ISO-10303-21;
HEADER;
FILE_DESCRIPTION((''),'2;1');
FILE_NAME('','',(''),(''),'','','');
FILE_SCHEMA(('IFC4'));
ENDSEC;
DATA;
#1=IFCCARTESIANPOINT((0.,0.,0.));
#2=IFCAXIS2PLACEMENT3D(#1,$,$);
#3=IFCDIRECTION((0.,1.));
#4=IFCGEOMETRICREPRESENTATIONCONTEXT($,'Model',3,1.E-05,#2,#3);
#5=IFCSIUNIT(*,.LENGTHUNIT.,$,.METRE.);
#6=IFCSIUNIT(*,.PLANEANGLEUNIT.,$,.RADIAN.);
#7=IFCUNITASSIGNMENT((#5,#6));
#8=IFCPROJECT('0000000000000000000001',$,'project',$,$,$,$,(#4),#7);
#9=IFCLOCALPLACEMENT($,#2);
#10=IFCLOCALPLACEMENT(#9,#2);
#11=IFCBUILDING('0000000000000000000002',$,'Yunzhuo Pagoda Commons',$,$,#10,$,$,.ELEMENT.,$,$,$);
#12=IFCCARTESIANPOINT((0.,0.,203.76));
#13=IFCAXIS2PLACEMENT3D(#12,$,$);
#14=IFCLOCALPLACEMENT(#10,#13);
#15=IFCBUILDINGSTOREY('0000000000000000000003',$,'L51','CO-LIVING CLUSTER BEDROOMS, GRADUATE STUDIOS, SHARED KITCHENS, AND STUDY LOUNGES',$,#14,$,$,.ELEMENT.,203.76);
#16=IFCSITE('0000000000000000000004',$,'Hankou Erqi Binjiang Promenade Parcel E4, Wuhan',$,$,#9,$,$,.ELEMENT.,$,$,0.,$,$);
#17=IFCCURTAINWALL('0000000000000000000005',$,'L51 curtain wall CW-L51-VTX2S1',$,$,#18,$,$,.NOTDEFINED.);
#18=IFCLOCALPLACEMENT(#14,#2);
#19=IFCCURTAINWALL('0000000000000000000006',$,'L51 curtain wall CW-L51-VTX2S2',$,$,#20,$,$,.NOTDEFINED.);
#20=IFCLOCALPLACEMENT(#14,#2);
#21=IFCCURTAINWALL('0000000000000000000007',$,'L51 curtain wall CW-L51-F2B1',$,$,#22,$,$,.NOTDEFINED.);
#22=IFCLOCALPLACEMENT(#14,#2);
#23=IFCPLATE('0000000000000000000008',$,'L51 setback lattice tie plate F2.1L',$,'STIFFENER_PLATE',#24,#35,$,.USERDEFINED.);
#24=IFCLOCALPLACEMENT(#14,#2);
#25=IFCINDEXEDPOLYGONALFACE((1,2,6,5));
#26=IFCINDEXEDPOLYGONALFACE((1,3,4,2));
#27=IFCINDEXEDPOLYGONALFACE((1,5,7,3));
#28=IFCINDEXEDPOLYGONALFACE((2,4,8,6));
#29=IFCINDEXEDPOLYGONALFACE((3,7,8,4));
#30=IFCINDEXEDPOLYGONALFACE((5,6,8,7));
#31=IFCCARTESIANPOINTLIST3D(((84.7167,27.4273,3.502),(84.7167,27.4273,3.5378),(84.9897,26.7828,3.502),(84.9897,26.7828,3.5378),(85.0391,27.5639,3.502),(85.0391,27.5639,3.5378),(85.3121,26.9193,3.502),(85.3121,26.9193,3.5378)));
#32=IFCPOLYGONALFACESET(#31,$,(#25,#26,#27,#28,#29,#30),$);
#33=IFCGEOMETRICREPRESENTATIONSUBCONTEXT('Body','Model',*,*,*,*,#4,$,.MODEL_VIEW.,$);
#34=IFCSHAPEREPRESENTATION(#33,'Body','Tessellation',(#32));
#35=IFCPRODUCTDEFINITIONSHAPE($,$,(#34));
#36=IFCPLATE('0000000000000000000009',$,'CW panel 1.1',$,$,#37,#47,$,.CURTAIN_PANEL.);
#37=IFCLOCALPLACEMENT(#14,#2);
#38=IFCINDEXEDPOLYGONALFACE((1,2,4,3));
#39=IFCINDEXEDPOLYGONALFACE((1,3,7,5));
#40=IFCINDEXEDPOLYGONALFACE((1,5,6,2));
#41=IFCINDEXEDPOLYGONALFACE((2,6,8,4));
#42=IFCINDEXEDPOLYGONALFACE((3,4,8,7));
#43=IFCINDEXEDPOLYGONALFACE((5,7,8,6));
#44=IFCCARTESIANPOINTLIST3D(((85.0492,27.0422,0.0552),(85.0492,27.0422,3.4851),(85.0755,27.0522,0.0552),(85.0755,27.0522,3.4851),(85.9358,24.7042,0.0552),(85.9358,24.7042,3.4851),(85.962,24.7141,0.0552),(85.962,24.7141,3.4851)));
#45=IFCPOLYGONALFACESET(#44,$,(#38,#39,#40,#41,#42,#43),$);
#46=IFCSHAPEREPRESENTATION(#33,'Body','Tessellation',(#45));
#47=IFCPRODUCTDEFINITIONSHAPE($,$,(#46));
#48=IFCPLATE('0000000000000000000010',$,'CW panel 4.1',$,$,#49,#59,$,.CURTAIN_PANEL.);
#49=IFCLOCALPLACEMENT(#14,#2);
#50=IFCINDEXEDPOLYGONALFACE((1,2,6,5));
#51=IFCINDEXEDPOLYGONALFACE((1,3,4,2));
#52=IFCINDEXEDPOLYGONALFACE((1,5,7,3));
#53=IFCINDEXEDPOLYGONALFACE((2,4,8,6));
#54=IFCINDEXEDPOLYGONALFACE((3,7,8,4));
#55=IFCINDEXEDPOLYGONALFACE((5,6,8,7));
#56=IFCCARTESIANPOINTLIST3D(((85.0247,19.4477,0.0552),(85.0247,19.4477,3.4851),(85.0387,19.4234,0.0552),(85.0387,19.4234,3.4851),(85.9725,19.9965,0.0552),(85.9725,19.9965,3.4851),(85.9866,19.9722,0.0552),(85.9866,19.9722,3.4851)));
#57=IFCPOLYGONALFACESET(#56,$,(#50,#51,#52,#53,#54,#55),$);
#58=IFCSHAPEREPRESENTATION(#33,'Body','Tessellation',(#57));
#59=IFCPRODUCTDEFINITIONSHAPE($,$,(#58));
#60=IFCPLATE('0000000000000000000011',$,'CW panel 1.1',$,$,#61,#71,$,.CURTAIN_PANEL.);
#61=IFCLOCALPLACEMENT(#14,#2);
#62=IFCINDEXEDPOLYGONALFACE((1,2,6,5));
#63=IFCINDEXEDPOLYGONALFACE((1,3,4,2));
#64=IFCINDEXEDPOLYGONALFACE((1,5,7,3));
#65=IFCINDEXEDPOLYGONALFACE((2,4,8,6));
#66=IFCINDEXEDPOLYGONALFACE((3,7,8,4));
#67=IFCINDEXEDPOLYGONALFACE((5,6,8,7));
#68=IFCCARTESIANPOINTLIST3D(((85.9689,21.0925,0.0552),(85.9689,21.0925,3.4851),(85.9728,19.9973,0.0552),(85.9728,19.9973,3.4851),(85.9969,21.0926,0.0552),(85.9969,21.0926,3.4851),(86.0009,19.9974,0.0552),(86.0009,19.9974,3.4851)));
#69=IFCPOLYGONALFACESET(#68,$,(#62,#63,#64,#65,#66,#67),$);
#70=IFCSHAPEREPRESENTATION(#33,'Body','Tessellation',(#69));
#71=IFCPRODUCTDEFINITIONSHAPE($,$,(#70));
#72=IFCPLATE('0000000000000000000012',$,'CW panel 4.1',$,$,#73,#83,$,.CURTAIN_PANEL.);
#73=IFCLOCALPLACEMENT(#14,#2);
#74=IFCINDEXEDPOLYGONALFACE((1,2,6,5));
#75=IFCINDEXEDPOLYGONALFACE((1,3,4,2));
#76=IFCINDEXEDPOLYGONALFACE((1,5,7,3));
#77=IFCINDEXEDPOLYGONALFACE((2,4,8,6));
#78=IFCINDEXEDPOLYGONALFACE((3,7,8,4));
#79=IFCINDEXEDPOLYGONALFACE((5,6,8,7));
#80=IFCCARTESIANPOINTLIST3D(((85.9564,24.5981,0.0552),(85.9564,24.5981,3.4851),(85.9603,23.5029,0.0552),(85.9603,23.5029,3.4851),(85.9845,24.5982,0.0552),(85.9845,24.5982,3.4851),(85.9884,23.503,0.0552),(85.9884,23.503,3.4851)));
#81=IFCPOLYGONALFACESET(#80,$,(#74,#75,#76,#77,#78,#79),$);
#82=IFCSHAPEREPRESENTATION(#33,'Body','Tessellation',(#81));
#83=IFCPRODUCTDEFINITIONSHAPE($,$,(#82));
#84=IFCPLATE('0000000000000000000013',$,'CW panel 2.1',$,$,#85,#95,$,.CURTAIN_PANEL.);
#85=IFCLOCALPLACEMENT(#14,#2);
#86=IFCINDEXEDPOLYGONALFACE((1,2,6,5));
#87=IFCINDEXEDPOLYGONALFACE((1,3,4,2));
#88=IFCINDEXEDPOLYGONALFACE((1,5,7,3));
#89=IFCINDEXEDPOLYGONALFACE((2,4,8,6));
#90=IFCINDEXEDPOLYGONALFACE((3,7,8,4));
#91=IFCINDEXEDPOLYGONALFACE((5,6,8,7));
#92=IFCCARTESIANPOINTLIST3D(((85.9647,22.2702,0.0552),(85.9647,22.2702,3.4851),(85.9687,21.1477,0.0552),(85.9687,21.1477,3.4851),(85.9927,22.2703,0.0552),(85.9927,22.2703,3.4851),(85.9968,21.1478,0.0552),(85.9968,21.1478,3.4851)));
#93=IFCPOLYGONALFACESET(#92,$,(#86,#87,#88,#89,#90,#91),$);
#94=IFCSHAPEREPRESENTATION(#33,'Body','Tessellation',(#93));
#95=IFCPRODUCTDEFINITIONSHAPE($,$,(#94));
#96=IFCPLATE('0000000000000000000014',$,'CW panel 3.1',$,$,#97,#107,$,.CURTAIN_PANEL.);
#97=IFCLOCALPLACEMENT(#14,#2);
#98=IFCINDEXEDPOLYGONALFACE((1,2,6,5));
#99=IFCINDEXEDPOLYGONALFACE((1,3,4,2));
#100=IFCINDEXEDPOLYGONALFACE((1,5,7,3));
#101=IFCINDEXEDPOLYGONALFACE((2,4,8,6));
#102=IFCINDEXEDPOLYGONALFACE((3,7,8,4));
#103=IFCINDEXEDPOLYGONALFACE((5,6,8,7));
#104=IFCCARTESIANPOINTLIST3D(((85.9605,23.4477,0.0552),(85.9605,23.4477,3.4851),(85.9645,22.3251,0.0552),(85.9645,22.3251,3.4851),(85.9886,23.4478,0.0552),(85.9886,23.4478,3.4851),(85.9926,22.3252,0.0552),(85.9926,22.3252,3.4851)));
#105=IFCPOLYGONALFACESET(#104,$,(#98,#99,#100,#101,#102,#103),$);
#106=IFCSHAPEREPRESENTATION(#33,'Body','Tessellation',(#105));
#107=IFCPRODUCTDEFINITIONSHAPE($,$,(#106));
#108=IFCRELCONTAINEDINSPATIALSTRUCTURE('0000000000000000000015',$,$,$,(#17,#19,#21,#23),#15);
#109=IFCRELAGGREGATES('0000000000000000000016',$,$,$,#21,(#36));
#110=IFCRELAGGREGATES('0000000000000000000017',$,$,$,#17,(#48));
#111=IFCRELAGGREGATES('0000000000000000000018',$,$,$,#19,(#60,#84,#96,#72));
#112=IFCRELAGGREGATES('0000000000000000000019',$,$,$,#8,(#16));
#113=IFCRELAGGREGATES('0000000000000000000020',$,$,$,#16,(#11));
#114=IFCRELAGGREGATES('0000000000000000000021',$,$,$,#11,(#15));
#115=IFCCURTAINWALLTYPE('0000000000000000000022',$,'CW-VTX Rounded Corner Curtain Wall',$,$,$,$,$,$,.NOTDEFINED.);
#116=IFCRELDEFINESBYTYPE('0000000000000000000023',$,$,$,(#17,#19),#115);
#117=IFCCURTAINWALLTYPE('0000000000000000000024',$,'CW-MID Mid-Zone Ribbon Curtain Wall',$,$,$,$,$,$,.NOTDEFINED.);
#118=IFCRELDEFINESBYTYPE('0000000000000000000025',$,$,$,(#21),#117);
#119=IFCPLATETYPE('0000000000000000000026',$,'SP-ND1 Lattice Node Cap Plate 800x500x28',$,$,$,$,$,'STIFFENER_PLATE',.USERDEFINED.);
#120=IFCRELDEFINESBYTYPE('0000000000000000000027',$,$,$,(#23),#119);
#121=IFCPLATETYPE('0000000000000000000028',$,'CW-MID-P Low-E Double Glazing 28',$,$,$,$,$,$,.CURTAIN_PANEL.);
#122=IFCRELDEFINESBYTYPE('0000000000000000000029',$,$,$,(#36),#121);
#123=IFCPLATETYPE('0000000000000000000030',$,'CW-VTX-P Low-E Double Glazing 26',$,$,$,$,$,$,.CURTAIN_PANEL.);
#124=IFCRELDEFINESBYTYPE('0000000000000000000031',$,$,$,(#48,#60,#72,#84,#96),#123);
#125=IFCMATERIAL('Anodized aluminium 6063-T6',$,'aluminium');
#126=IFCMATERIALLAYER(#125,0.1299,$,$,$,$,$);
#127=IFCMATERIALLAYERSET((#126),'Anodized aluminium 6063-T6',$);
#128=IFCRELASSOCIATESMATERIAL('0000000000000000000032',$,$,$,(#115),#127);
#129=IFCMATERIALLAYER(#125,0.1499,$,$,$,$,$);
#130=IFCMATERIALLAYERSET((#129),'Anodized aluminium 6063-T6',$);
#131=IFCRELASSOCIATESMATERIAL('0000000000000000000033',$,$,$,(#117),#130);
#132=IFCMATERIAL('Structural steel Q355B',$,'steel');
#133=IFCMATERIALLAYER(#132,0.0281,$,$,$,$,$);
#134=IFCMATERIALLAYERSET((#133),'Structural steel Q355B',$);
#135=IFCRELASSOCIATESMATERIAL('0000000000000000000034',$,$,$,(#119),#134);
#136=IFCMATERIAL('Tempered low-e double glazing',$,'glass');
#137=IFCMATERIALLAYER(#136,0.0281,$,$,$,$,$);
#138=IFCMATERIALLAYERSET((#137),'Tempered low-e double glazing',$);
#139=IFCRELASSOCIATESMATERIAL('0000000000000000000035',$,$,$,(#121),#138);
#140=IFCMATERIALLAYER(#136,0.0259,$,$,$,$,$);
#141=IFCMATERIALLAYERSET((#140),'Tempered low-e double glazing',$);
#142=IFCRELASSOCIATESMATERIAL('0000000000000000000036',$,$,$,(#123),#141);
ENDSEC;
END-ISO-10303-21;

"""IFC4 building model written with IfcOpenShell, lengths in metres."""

from ifc_helpers import new_model, si_unit, direction, frame, origin, origin_2d, place, context, subcontext, project, spatial, rectangle, extrude, source, transform, mapped, material, layer, layer_set, type_object, element, aggregate, save


model = new_model("IFC4")

# Units and contexts
model_context = context("Model", 3, precision=1e-05, world=origin(), true_north=direction((0.0, 1.0)))
body_context = subcontext(model_context, "Body", "Model", "MODEL_VIEW")
ifc_project = project(units=[si_unit("LENGTHUNIT", "METRE"), si_unit("PLANEANGLEUNIT", "RADIAN")], contexts=[model_context])

# Site, building, storey
site_placement = place(None, origin())
site = spatial("IfcSite", under=ifc_project, at=site_placement, Name="Hankou Erqi Binjiang Promenade Parcel E4, Wuhan", CompositionType="ELEMENT", RefElevation=0.0)
building_placement = place(site_placement, origin())
building = spatial("IfcBuilding", under=site, at=building_placement, Name="Yunzhuo Pagoda Commons", CompositionType="ELEMENT")
storey_placement = place(building_placement, frame((0.0, 0.0, 203.76)))
storey = spatial("IfcBuildingStorey", under=building, at=storey_placement, Name="L51", Description="CO-LIVING CLUSTER BEDROOMS, GRADUATE STUDIOS, SHARED KITCHENS, AND STUDY LOUNGES", CompositionType="ELEMENT", Elevation=203.76)

# Shared definitions
ifc_material_1 = material(Name="Structural steel Q355B", Category="steel")

# Curtain wall
ifc_material_2 = material(Name="Anodized aluminium 6063-T6", Category="aluminium")
ifc_layer_1 = layer(ifc_material_2, 0.1299)
ifc_layer_set_1 = layer_set([ifc_layer_1], Name="Anodized aluminium 6063-T6")
curtain_wall_type_1 = type_object("IfcCurtainWallType", Name="CW-VTX Rounded Corner Curtain Wall", PredefinedType="NOTDEFINED", material=ifc_layer_set_1)
curtain_wall_1_placement = place(storey_placement, origin())
curtain_wall_1 = element("IfcCurtainWall", 1, at=curtain_wall_1_placement, inside=storey, type_object=curtain_wall_type_1, Name="L51 curtain wall CW-L51-VTX2S1", PredefinedType="NOTDEFINED")

# Curtain walls
curtain_wall_2_placement = place(storey_placement, origin())
curtain_wall_2 = element("IfcCurtainWall", 2, at=curtain_wall_2_placement, inside=storey, type_object=curtain_wall_type_1, Name="L51 curtain wall CW-L51-VTX2S2", PredefinedType="NOTDEFINED")
ifc_layer_2 = layer(ifc_material_2, 0.1499)
ifc_layer_set_2 = layer_set([ifc_layer_2], Name="Anodized aluminium 6063-T6")
curtain_wall_type_2 = type_object("IfcCurtainWallType", Name="CW-MID Mid-Zone Ribbon Curtain Wall", PredefinedType="NOTDEFINED", material=ifc_layer_set_2)
curtain_wall_3_placement = place(storey_placement, origin())
curtain_wall_3 = element("IfcCurtainWall", 3, at=curtain_wall_3_placement, inside=storey, type_object=curtain_wall_type_2, Name="L51 curtain wall CW-L51-F2B1", PredefinedType="NOTDEFINED")

# Plates
ifc_layer_3 = layer(ifc_material_1, 0.0281)
ifc_layer_set_3 = layer_set([ifc_layer_3], Name="Structural steel Q355B")
plate_type_1 = type_object("IfcPlateType", Name="SP-ND1 Lattice Node Cap Plate 800x500x28", ElementType="STIFFENER_PLATE", PredefinedType="USERDEFINED", material=ifc_layer_set_3)
shared_shape_1 = source(origin(), body_context, "Body", "SweptSolid", [
    extrude(rectangle(XDim=0.7, YDim=0.3501, at=origin_2d()), origin(), (0.0, 0.0, 1.0), 0.0359),
])
plate_1_placement = place(storey_placement, frame((85.0144, 27.1733, 3.502), z_axis=(0.0, 0.0, 1.0), x_axis=(-0.389976, 0.920825, 0.0)))
element("IfcPlate", 4, at=plate_1_placement, inside=storey, type_object=plate_type_1, Name="L51 setback lattice tie plate F2.1L", ObjectType="STIFFENER_PLATE", PredefinedType="USERDEFINED", context=body_context, shape_type="MappedRepresentation", body=[
    mapped(shared_shape_1, transform((0.0, 0.0, 0.0), scale=1.0)),
])
ifc_material_3 = material(Name="Tempered low-e double glazing", Category="glass")
ifc_layer_4 = layer(ifc_material_3, 0.0281)
ifc_layer_set_4 = layer_set([ifc_layer_4], Name="Tempered low-e double glazing")
plate_type_2 = type_object("IfcPlateType", Name="CW-MID-P Low-E Double Glazing 28", PredefinedType="CURTAIN_PANEL", material=ifc_layer_set_4)
shared_shape_2 = source(origin(), body_context, "Body", "SweptSolid", [
    extrude(rectangle(XDim=2.5005, YDim=0.0281, at=origin_2d()), origin(), (0.0, 0.0, 1.0), 3.4299),
])
plate_2_placement = place(storey_placement, frame((85.5056, 25.8782, 0.0552), z_axis=(0.0, 0.0, 1.0), x_axis=(-0.354559, 0.935034, 0.0)))
plate_2 = element("IfcPlate", 5, at=plate_2_placement, type_object=plate_type_2, Name="CW panel 1.1", PredefinedType="CURTAIN_PANEL", context=body_context, shape_type="MappedRepresentation", body=[
    mapped(shared_shape_2, transform((0.0, 0.0, 0.0), scale=1.0)),
])
aggregate(curtain_wall_3, [plate_2])
ifc_layer_5 = layer(ifc_material_3, 0.0259)
ifc_layer_set_5 = layer_set([ifc_layer_5], Name="Tempered low-e double glazing")
plate_type_3 = type_object("IfcPlateType", Name="CW-VTX-P Low-E Double Glazing 26", PredefinedType="CURTAIN_PANEL", material=ifc_layer_set_5)
shared_shape_3 = source(origin(), body_context, "Body", "SweptSolid", [
    extrude(rectangle(XDim=1.0952, YDim=0.0281, at=origin_2d()), origin(), (0.0, 0.0, 1.0), 3.4299),
])
plate_3_placement = place(storey_placement, frame((85.5056, 19.71, 0.0552), z_axis=(0.0, 0.0, 1.0), x_axis=(0.865426, 0.501037, 0.0)))
plate_3 = element("IfcPlate", 6, at=plate_3_placement, type_object=plate_type_3, Name="CW panel 4.1", PredefinedType="CURTAIN_PANEL", context=body_context, shape_type="MappedRepresentation", body=[
    mapped(shared_shape_3, transform((0.0, 0.0, 0.0), scale=1.0)),
])
aggregate(curtain_wall_1, [plate_3])
plate_4_placement = place(storey_placement, frame((85.9849, 20.5449, 0.0552), z_axis=(0.0, 0.0, 1.0), x_axis=(-0.003588, 0.999994, 0.0)))
plate_4 = element("IfcPlate", 7, at=plate_4_placement, type_object=plate_type_3, Name="CW panel 1.1", PredefinedType="CURTAIN_PANEL", context=body_context, shape_type="MappedRepresentation", body=[
    mapped(shared_shape_3, transform((0.0, 0.0, 0.0), scale=1.0)),
])
plate_5_placement = place(storey_placement, frame((85.9724, 24.0505, 0.0552), z_axis=(0.0, 0.0, 1.0), x_axis=(-0.003588, 0.999994, 0.0)))
plate_5 = element("IfcPlate", 8, at=plate_5_placement, type_object=plate_type_3, Name="CW panel 4.1", PredefinedType="CURTAIN_PANEL", context=body_context, shape_type="MappedRepresentation", body=[
    mapped(shared_shape_3, transform((0.0, 0.0, 0.0), scale=1.0)),
])
shared_shape_4 = source(origin(), body_context, "Body", "SweptSolid", [
    extrude(rectangle(XDim=1.1226, YDim=0.0281, at=origin_2d()), origin(), (0.0, 0.0, 1.0), 3.4299),
])
plate_6_placement = place(storey_placement, frame((85.9807, 21.709, 0.0552), z_axis=(0.0, 0.0, 1.0), x_axis=(-0.003588, 0.999994, 0.0)))
plate_6 = element("IfcPlate", 9, at=plate_6_placement, type_object=plate_type_3, Name="CW panel 2.1", PredefinedType="CURTAIN_PANEL", context=body_context, shape_type="MappedRepresentation", body=[
    mapped(shared_shape_4, transform((0.0, 0.0, 0.0), scale=1.0)),
])
plate_7_placement = place(storey_placement, frame((85.9766, 22.8865, 0.0552), z_axis=(0.0, 0.0, 1.0), x_axis=(-0.003588, 0.999994, 0.0)))
plate_7 = element("IfcPlate", 10, at=plate_7_placement, type_object=plate_type_3, Name="CW panel 3.1", PredefinedType="CURTAIN_PANEL", context=body_context, shape_type="MappedRepresentation", body=[
    mapped(shared_shape_4, transform((0.0, 0.0, 0.0), scale=1.0)),
])
aggregate(curtain_wall_2, [plate_4, plate_6, plate_7, plate_5])

save(model, "model.ifc")
